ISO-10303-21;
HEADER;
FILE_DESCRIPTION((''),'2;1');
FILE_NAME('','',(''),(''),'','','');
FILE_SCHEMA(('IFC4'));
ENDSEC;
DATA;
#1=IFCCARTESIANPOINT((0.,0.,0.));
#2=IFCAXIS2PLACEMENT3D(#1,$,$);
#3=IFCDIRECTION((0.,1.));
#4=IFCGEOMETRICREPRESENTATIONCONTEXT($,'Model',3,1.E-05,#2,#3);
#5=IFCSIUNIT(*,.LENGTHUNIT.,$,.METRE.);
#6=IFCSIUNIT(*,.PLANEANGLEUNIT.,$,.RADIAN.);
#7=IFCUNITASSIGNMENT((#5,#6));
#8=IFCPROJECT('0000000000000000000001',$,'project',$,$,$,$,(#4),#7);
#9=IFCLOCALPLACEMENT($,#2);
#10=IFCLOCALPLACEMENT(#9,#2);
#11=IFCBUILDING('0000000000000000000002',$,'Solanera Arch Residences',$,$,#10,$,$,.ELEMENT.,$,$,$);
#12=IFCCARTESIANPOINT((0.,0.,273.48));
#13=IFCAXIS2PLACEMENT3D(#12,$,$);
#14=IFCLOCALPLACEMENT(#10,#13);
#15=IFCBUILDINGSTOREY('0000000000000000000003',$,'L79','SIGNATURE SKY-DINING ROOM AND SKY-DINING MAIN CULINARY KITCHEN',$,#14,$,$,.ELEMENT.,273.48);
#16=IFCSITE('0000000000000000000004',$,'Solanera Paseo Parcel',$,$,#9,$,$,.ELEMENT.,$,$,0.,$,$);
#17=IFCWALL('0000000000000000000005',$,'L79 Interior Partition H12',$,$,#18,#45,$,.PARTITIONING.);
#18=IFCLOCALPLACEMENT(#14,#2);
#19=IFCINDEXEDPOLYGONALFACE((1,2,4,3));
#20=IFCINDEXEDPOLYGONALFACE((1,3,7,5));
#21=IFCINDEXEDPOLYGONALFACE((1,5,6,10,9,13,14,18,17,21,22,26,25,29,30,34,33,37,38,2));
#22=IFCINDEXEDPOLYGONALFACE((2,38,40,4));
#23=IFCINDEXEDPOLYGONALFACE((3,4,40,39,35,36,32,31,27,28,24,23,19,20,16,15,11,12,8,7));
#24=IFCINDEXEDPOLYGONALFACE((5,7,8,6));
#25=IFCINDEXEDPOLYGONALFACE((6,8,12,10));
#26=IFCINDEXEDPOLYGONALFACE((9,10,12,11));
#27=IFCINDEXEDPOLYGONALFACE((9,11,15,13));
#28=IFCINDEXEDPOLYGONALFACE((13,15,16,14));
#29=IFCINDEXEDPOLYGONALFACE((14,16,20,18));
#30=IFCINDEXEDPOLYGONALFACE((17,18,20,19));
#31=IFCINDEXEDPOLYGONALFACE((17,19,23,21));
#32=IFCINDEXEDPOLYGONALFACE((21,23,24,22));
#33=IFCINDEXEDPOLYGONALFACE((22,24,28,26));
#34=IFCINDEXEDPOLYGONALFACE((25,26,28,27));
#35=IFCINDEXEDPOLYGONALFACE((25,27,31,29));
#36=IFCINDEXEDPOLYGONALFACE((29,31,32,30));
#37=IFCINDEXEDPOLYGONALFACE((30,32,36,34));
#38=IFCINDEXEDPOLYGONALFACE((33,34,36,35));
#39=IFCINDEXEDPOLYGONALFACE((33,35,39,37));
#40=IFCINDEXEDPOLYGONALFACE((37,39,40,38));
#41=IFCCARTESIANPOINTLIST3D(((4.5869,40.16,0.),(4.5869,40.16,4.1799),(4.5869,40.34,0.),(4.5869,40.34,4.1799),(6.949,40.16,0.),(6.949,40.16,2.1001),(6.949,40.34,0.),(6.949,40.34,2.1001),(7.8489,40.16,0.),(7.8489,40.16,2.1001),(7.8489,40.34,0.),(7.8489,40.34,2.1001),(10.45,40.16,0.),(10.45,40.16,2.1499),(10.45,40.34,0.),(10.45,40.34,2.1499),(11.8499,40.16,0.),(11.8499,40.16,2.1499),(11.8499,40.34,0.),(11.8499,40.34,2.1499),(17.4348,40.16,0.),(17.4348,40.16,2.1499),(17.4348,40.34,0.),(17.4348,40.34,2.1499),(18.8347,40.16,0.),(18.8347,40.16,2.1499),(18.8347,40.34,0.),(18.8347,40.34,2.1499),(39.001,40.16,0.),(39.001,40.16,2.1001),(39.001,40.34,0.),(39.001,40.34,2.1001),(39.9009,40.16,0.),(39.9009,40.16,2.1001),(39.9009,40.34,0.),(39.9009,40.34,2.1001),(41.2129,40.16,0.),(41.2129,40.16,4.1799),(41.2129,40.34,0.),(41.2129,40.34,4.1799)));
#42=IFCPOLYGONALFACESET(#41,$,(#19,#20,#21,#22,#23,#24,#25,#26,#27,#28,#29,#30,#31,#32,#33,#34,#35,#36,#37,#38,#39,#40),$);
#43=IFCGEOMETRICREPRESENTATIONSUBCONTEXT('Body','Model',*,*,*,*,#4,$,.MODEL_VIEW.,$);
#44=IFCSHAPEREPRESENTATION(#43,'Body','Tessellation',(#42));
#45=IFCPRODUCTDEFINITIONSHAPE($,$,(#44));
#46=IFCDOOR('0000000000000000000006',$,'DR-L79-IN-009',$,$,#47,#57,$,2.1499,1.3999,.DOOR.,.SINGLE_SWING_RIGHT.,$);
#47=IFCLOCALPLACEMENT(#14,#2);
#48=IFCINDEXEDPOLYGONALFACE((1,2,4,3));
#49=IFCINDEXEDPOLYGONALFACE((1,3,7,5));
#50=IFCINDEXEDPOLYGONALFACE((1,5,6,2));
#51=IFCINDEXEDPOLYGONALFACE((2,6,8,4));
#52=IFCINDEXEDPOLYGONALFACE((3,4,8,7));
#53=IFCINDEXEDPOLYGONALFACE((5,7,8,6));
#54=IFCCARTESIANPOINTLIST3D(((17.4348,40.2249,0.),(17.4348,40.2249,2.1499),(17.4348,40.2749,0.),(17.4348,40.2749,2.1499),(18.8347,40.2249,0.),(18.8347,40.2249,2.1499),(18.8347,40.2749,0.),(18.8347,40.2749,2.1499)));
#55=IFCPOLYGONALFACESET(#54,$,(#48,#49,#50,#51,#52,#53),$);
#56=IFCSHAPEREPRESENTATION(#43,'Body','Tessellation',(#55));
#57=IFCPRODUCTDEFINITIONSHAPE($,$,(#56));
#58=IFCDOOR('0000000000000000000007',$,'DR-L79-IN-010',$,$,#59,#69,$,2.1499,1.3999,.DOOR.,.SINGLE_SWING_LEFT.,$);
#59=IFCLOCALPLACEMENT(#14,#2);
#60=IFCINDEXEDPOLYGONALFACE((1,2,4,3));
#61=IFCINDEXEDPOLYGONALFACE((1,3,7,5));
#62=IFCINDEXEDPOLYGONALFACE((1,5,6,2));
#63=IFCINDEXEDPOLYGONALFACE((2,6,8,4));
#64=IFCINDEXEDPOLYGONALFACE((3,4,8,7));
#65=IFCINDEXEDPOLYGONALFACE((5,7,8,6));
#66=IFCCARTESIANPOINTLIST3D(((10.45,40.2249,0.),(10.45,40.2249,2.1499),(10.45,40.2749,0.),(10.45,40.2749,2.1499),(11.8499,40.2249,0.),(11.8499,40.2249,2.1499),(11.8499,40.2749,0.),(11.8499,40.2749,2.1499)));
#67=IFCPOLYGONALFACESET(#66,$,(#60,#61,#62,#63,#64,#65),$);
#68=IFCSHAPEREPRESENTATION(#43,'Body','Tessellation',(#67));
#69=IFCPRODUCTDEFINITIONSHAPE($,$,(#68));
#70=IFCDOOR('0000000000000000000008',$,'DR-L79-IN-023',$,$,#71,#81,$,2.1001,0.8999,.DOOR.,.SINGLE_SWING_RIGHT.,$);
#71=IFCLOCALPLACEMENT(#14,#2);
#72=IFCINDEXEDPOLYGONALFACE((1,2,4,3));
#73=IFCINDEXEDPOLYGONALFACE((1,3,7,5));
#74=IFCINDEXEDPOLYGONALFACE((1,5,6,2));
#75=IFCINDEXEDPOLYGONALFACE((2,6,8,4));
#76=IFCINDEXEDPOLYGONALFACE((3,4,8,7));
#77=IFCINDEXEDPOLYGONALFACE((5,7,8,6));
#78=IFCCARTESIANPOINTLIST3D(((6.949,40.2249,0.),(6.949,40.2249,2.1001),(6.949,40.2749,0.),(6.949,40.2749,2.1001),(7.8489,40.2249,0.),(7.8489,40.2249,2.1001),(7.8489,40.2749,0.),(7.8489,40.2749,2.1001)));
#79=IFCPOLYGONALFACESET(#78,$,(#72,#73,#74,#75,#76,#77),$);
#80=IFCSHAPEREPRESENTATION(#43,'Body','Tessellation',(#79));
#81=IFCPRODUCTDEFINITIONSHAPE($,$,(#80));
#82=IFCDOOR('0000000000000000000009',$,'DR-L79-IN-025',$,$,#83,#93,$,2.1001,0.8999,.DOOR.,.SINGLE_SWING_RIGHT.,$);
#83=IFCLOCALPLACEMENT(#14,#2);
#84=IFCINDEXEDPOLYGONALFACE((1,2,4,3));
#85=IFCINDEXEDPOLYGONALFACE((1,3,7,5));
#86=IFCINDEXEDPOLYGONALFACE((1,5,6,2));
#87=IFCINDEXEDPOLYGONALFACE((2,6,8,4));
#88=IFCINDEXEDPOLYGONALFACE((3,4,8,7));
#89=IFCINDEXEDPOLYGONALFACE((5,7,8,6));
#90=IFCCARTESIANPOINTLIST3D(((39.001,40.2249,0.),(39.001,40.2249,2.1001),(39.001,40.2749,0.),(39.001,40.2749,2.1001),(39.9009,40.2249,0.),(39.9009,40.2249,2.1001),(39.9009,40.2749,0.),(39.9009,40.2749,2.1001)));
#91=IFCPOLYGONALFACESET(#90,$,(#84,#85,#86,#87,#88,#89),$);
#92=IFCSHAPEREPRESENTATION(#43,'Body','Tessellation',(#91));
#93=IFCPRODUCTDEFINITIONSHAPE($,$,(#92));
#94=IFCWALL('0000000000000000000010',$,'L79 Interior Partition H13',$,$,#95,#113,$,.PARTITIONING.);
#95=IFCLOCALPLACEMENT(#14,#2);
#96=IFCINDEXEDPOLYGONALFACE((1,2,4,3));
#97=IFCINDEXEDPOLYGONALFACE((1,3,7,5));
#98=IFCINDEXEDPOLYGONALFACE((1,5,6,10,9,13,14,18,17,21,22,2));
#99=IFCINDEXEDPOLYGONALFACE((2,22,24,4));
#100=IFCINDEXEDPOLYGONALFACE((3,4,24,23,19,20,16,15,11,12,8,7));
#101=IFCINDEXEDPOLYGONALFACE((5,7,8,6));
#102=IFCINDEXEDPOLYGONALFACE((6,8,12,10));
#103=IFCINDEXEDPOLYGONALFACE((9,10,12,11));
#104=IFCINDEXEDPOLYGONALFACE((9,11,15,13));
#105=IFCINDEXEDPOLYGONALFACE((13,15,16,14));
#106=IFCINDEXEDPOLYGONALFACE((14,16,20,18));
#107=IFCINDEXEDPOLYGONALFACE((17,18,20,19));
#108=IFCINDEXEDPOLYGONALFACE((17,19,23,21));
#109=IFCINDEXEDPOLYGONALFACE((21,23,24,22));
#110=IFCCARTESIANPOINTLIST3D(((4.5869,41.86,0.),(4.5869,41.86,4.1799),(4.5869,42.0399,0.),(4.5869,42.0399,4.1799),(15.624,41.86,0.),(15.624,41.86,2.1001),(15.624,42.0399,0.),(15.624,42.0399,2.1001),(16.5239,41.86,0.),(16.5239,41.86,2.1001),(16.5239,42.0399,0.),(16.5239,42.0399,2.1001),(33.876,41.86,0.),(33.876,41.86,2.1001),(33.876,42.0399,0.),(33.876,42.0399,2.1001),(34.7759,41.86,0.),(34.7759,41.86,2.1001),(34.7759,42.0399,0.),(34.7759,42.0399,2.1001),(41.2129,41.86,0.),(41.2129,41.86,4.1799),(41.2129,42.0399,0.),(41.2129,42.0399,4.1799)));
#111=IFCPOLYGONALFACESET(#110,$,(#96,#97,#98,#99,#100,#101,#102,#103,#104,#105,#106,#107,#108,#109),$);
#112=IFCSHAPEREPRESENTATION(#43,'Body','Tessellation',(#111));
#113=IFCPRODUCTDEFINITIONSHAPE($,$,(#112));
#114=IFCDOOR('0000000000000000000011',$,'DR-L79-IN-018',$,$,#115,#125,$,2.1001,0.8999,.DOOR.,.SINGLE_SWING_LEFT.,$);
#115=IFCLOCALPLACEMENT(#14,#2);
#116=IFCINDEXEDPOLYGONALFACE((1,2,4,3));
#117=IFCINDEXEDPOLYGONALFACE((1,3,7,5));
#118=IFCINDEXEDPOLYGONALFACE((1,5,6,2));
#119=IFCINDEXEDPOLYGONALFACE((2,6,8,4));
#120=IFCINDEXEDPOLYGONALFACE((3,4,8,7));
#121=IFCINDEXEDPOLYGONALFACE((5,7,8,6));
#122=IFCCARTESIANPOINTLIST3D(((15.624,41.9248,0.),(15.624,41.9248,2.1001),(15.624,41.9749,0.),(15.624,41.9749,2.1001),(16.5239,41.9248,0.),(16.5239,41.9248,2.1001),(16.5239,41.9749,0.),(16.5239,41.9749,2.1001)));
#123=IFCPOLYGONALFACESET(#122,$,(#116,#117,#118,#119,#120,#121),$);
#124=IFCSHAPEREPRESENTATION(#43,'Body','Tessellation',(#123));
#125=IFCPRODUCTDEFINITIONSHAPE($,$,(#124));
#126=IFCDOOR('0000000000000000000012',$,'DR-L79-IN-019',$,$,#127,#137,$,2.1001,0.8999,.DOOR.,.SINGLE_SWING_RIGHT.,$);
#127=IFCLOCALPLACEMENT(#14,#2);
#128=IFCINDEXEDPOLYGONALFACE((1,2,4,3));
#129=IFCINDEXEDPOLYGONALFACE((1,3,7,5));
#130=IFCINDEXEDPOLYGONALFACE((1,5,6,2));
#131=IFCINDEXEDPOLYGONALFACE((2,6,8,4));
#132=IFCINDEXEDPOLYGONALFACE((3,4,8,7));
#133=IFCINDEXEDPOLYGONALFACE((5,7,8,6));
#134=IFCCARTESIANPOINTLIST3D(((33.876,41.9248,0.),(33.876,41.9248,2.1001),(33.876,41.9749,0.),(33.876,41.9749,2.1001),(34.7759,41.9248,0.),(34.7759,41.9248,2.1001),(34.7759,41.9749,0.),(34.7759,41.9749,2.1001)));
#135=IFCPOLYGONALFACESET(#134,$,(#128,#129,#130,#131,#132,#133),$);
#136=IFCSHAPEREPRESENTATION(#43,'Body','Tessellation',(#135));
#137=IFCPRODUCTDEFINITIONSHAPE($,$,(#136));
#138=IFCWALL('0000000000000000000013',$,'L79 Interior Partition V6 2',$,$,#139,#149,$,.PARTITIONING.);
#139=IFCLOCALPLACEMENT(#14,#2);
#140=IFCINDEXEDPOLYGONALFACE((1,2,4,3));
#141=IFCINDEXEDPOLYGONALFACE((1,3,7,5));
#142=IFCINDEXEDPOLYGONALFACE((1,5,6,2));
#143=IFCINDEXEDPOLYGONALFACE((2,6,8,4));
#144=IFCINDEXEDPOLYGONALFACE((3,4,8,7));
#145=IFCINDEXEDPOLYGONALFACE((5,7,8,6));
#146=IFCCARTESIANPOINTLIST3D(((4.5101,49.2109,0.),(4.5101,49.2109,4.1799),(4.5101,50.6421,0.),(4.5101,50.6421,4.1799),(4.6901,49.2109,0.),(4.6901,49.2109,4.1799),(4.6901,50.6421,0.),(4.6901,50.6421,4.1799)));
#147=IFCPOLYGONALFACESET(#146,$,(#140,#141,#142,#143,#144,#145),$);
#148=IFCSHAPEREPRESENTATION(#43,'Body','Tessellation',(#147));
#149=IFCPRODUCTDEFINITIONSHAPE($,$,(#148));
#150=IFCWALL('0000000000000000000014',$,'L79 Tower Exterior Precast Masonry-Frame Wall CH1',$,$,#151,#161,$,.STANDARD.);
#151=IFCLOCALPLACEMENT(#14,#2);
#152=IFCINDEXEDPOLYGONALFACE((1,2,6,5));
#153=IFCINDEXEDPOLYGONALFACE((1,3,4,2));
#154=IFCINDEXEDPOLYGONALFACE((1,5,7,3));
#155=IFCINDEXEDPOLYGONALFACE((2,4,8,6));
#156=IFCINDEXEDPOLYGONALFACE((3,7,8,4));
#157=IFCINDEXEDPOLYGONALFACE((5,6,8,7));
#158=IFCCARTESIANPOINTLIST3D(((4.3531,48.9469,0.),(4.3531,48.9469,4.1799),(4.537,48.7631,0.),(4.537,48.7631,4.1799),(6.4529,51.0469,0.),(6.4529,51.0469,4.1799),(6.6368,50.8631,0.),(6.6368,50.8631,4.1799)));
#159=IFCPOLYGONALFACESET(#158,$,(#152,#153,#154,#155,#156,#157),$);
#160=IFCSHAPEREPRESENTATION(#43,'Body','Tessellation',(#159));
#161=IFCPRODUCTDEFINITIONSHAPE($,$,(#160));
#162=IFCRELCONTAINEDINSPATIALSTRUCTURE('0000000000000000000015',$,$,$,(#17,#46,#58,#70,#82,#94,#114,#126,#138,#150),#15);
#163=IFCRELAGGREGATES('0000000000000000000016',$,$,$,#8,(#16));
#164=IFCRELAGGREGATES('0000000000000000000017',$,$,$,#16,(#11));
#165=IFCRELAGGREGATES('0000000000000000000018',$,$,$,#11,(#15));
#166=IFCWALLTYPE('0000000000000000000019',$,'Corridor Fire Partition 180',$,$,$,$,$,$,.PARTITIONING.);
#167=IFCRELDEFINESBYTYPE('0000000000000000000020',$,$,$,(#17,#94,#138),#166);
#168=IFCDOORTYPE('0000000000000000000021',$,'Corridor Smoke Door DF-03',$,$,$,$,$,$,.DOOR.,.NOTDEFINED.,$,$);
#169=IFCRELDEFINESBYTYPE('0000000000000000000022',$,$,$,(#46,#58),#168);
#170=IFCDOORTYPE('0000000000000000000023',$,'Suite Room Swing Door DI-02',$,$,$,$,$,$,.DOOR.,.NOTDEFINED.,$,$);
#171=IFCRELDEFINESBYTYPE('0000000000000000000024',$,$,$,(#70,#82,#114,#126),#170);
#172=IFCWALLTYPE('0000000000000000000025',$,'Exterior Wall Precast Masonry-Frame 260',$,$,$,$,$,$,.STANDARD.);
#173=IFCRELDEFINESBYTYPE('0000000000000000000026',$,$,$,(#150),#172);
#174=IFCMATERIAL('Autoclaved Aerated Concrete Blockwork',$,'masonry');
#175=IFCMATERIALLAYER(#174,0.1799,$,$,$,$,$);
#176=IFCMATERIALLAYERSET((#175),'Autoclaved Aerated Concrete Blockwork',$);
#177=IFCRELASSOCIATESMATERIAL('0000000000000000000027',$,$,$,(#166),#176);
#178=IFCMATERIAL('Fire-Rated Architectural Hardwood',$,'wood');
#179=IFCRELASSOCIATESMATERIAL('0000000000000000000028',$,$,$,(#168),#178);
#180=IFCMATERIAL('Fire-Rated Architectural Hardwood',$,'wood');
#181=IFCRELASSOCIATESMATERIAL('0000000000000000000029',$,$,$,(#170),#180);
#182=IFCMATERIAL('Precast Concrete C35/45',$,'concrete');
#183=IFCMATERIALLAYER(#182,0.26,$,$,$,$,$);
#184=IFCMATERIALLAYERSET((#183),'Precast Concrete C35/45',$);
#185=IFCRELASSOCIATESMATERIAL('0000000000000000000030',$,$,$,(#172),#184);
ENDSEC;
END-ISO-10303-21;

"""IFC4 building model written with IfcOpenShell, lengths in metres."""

from ifc_helpers import new_model, si_unit, direction, frame, frame_2d, origin, place, context, subcontext, project, spatial, rectangle, extrude, material, layer, layer_set, type_object, element, fill, save


model = new_model("IFC4")

# Units and contexts
model_context = context("Model", 3, precision=1e-05, world=origin(), true_north=direction((0.0, 1.0)))
body_context = subcontext(model_context, "Body", "Model", "MODEL_VIEW")
ifc_project = project(units=[si_unit("LENGTHUNIT", "METRE"), si_unit("PLANEANGLEUNIT", "RADIAN")], contexts=[model_context])

# Site, building, storey
site_placement = place(None, origin())
site = spatial("IfcSite", under=ifc_project, at=site_placement, Name="Solanera Paseo Parcel", CompositionType="ELEMENT", RefElevation=0.0)
building_placement = place(site_placement, origin())
building = spatial("IfcBuilding", under=site, at=building_placement, Name="Solanera Arch Residences", CompositionType="ELEMENT")
storey_placement = place(building_placement, frame((0.0, 0.0, 273.48)))
storey = spatial("IfcBuildingStorey", under=building, at=storey_placement, Name="L79", Description="SIGNATURE SKY-DINING ROOM AND SKY-DINING MAIN CULINARY KITCHEN", CompositionType="ELEMENT", Elevation=273.48)

# Walls, openings, doors
ifc_material_1 = material(Name="Autoclaved Aerated Concrete Blockwork", Category="masonry")
ifc_layer_1 = layer(ifc_material_1, 0.1799)
ifc_layer_set_1 = layer_set([ifc_layer_1], Name="Autoclaved Aerated Concrete Blockwork")
wall_type_1 = type_object("IfcWallType", Name="Corridor Fire Partition 180", PredefinedType="PARTITIONING", material=ifc_layer_set_1)
wall_1_placement = place(storey_placement, frame((4.5869, 40.25, 0.0), z_axis=(0.0, 0.0, 1.0), x_axis=(1.0, 0.0, 0.0)))
wall_1 = element("IfcWall", 1, at=wall_1_placement, inside=storey, type_object=wall_type_1, Name="L79 Interior Partition H12", PredefinedType="PARTITIONING", context=body_context, shape_type="SweptSolid", body=[
    extrude(rectangle(XDim=36.626, YDim=0.1799, at=frame_2d((18.313, 0.0))), origin(), (0.0, 0.0, 1.0), 4.1799),
])
opening_1_placement = place(wall_1_placement, frame((12.8479, 0.0, 0.0)))
opening_1 = element("IfcOpeningElement", 2, at=opening_1_placement, cuts=wall_1, PredefinedType="OPENING", context=body_context, shape_type="SweptSolid", body=[
    extrude(rectangle(XDim=1.3999, YDim=2.1499, at=frame_2d((0.7, 1.075))), frame((0.0, 0.1001, 0.0), z_axis=(0.0, -1.0, 0.0), x_axis=(1.0, 0.0, 0.0)), (0.0, 0.0, 1.0), 0.1999),
])
opening_2_placement = place(wall_1_placement, frame((5.863, 0.0, 0.0)))
opening_2 = element("IfcOpeningElement", 3, at=opening_2_placement, cuts=wall_1, PredefinedType="OPENING", context=body_context, shape_type="SweptSolid", body=[
    extrude(rectangle(XDim=1.3999, YDim=2.1499, at=frame_2d((0.7, 1.075))), frame((0.0, 0.1001, 0.0), z_axis=(0.0, -1.0, 0.0), x_axis=(1.0, 0.0, 0.0)), (0.0, 0.0, 1.0), 0.1999),
])
opening_3_placement = place(wall_1_placement, frame((2.3621, 0.0, 0.0)))
opening_3 = element("IfcOpeningElement", 4, at=opening_3_placement, cuts=wall_1, PredefinedType="OPENING", context=body_context, shape_type="SweptSolid", body=[
    extrude(rectangle(XDim=0.8999, YDim=2.1001, at=frame_2d((0.45, 1.05))), frame((0.0, 0.1001, 0.0), z_axis=(0.0, -1.0, 0.0), x_axis=(1.0, 0.0, 0.0)), (0.0, 0.0, 1.0), 0.1999),
])
opening_4_placement = place(wall_1_placement, frame((34.4141, 0.0, 0.0)))
opening_4 = element("IfcOpeningElement", 5, at=opening_4_placement, cuts=wall_1, PredefinedType="OPENING", context=body_context, shape_type="SweptSolid", body=[
    extrude(rectangle(XDim=0.8999, YDim=2.1001, at=frame_2d((0.45, 1.05))), frame((0.0, 0.1001, 0.0), z_axis=(0.0, -1.0, 0.0), x_axis=(1.0, 0.0, 0.0)), (0.0, 0.0, 1.0), 0.1999),
])
ifc_material_2 = material(Name="Fire-Rated Architectural Hardwood", Category="wood")
door_type_1 = type_object("IfcDoorType", Name="Corridor Smoke Door DF-03", OperationType="NOTDEFINED", PredefinedType="DOOR", material=ifc_material_2)
door_1_placement = place(opening_1_placement, origin())
door_1 = element("IfcDoor", 6, at=door_1_placement, inside=storey, type_object=door_type_1, Name="DR-L79-IN-009", OperationType="SINGLE_SWING_RIGHT", OverallHeight=2.1499, OverallWidth=1.3999, PredefinedType="DOOR", context=body_context, shape_type="SweptSolid", body=[
    extrude(rectangle(XDim=1.3999, YDim=2.1499, at=frame_2d((0.7, 1.075))), frame((0.0, 0.0249, 0.0), z_axis=(0.0, -1.0, 0.0), x_axis=(1.0, 0.0, 0.0)), (0.0, 0.0, 1.0), 0.05),
])
fill(opening_1, door_1)
door_2_placement = place(opening_2_placement, origin())
door_2 = element("IfcDoor", 7, at=door_2_placement, inside=storey, type_object=door_type_1, Name="DR-L79-IN-010", OperationType="SINGLE_SWING_LEFT", OverallHeight=2.1499, OverallWidth=1.3999, PredefinedType="DOOR", context=body_context, shape_type="SweptSolid", body=[
    extrude(rectangle(XDim=1.3999, YDim=2.1499, at=frame_2d((0.7, 1.075))), frame((0.0, 0.0249, 0.0), z_axis=(0.0, -1.0, 0.0), x_axis=(1.0, 0.0, 0.0)), (0.0, 0.0, 1.0), 0.05),
])
fill(opening_2, door_2)
ifc_material_3 = material(Name="Fire-Rated Architectural Hardwood", Category="wood")
door_type_2 = type_object("IfcDoorType", Name="Suite Room Swing Door DI-02", OperationType="NOTDEFINED", PredefinedType="DOOR", material=ifc_material_3)
door_3_placement = place(opening_3_placement, origin())
door_3 = element("IfcDoor", 8, at=door_3_placement, inside=storey, type_object=door_type_2, Name="DR-L79-IN-023", OperationType="SINGLE_SWING_RIGHT", OverallHeight=2.1001, OverallWidth=0.8999, PredefinedType="DOOR", context=body_context, shape_type="SweptSolid", body=[
    extrude(rectangle(XDim=0.8999, YDim=2.1001, at=frame_2d((0.45, 1.05))), frame((0.0, 0.0249, 0.0), z_axis=(0.0, -1.0, 0.0), x_axis=(1.0, 0.0, 0.0)), (0.0, 0.0, 1.0), 0.05),
])
fill(opening_3, door_3)
door_4_placement = place(opening_4_placement, origin())
door_4 = element("IfcDoor", 9, at=door_4_placement, inside=storey, type_object=door_type_2, Name="DR-L79-IN-025", OperationType="SINGLE_SWING_RIGHT", OverallHeight=2.1001, OverallWidth=0.8999, PredefinedType="DOOR", context=body_context, shape_type="SweptSolid", body=[
    extrude(rectangle(XDim=0.8999, YDim=2.1001, at=frame_2d((0.45, 1.05))), frame((0.0, 0.0249, 0.0), z_axis=(0.0, -1.0, 0.0), x_axis=(1.0, 0.0, 0.0)), (0.0, 0.0, 1.0), 0.05),
])
fill(opening_4, door_4)
wall_2_placement = place(storey_placement, frame((4.5869, 41.95, 0.0), z_axis=(0.0, 0.0, 1.0), x_axis=(1.0, 0.0, 0.0)))
wall_2 = element("IfcWall", 10, at=wall_2_placement, inside=storey, type_object=wall_type_1, Name="L79 Interior Partition H13", PredefinedType="PARTITIONING", context=body_context, shape_type="SweptSolid", body=[
    extrude(rectangle(XDim=36.626, YDim=0.1799, at=frame_2d((18.313, 0.0))), origin(), (0.0, 0.0, 1.0), 4.1799),
])
opening_5_placement = place(wall_2_placement, frame((11.0371, 0.0, 0.0)))
opening_5 = element("IfcOpeningElement", 11, at=opening_5_placement, cuts=wall_2, PredefinedType="OPENING", context=body_context, shape_type="SweptSolid", body=[
    extrude(rectangle(XDim=0.8999, YDim=2.1001, at=frame_2d((0.45, 1.05))), frame((0.0, 0.1001, 0.0), z_axis=(0.0, -1.0, 0.0), x_axis=(1.0, 0.0, 0.0)), (0.0, 0.0, 1.0), 0.1999),
])
opening_6_placement = place(wall_2_placement, frame((29.2891, 0.0, 0.0)))
opening_6 = element("IfcOpeningElement", 12, at=opening_6_placement, cuts=wall_2, PredefinedType="OPENING", context=body_context, shape_type="SweptSolid", body=[
    extrude(rectangle(XDim=0.8999, YDim=2.1001, at=frame_2d((0.45, 1.05))), frame((0.0, 0.1001, 0.0), z_axis=(0.0, -1.0, 0.0), x_axis=(1.0, 0.0, 0.0)), (0.0, 0.0, 1.0), 0.1999),
])
door_5_placement = place(opening_5_placement, origin())
door_5 = element("IfcDoor", 13, at=door_5_placement, inside=storey, type_object=door_type_2, Name="DR-L79-IN-018", OperationType="SINGLE_SWING_LEFT", OverallHeight=2.1001, OverallWidth=0.8999, PredefinedType="DOOR", context=body_context, shape_type="SweptSolid", body=[
    extrude(rectangle(XDim=0.8999, YDim=2.1001, at=frame_2d((0.45, 1.05))), frame((0.0, 0.0249, 0.0), z_axis=(0.0, -1.0, 0.0), x_axis=(1.0, 0.0, 0.0)), (0.0, 0.0, 1.0), 0.05),
])
fill(opening_5, door_5)
door_6_placement = place(opening_6_placement, origin())
door_6 = element("IfcDoor", 14, at=door_6_placement, inside=storey, type_object=door_type_2, Name="DR-L79-IN-019", OperationType="SINGLE_SWING_RIGHT", OverallHeight=2.1001, OverallWidth=0.8999, PredefinedType="DOOR", context=body_context, shape_type="SweptSolid", body=[
    extrude(rectangle(XDim=0.8999, YDim=2.1001, at=frame_2d((0.45, 1.05))), frame((0.0, 0.0249, 0.0), z_axis=(0.0, -1.0, 0.0), x_axis=(1.0, 0.0, 0.0)), (0.0, 0.0, 1.0), 0.05),
])
fill(opening_6, door_6)

# Walls
wall_3_placement = place(storey_placement, frame((4.6001, 49.2109, 0.0), z_axis=(0.0, 0.0, 1.0), x_axis=(0.0, 1.0, 0.0)))
element("IfcWall", 15, at=wall_3_placement, inside=storey, type_object=wall_type_1, Name="L79 Interior Partition V6 2", PredefinedType="PARTITIONING", context=body_context, shape_type="SweptSolid", body=[
    extrude(rectangle(XDim=1.4312, YDim=0.1799, at=frame_2d((0.7156, 0.0))), origin(), (0.0, 0.0, 1.0), 4.1799),
])
ifc_material_4 = material(Name="Precast Concrete C35/45", Category="concrete")
ifc_layer_2 = layer(ifc_material_4, 0.26)
ifc_layer_set_2 = layer_set([ifc_layer_2], Name="Precast Concrete C35/45")
wall_type_2 = type_object("IfcWallType", Name="Exterior Wall Precast Masonry-Frame 260", PredefinedType="STANDARD", material=ifc_layer_set_2)
wall_4_placement = place(storey_placement, frame((4.4451, 48.855, 0.0), z_axis=(0.0, 0.0, 1.0), x_axis=(0.707066, 0.707148, 0.0)))
element("IfcWall", 16, at=wall_4_placement, inside=storey, type_object=wall_type_2, Name="L79 Tower Exterior Precast Masonry-Frame Wall CH1", PredefinedType="STANDARD", context=body_context, shape_type="SweptSolid", body=[
    extrude(rectangle(XDim=2.9697, YDim=0.26, at=frame_2d((1.4849, 0.0))), origin(), (0.0, 0.0, 1.0), 4.1799),
])

save(model, "model.ifc")
